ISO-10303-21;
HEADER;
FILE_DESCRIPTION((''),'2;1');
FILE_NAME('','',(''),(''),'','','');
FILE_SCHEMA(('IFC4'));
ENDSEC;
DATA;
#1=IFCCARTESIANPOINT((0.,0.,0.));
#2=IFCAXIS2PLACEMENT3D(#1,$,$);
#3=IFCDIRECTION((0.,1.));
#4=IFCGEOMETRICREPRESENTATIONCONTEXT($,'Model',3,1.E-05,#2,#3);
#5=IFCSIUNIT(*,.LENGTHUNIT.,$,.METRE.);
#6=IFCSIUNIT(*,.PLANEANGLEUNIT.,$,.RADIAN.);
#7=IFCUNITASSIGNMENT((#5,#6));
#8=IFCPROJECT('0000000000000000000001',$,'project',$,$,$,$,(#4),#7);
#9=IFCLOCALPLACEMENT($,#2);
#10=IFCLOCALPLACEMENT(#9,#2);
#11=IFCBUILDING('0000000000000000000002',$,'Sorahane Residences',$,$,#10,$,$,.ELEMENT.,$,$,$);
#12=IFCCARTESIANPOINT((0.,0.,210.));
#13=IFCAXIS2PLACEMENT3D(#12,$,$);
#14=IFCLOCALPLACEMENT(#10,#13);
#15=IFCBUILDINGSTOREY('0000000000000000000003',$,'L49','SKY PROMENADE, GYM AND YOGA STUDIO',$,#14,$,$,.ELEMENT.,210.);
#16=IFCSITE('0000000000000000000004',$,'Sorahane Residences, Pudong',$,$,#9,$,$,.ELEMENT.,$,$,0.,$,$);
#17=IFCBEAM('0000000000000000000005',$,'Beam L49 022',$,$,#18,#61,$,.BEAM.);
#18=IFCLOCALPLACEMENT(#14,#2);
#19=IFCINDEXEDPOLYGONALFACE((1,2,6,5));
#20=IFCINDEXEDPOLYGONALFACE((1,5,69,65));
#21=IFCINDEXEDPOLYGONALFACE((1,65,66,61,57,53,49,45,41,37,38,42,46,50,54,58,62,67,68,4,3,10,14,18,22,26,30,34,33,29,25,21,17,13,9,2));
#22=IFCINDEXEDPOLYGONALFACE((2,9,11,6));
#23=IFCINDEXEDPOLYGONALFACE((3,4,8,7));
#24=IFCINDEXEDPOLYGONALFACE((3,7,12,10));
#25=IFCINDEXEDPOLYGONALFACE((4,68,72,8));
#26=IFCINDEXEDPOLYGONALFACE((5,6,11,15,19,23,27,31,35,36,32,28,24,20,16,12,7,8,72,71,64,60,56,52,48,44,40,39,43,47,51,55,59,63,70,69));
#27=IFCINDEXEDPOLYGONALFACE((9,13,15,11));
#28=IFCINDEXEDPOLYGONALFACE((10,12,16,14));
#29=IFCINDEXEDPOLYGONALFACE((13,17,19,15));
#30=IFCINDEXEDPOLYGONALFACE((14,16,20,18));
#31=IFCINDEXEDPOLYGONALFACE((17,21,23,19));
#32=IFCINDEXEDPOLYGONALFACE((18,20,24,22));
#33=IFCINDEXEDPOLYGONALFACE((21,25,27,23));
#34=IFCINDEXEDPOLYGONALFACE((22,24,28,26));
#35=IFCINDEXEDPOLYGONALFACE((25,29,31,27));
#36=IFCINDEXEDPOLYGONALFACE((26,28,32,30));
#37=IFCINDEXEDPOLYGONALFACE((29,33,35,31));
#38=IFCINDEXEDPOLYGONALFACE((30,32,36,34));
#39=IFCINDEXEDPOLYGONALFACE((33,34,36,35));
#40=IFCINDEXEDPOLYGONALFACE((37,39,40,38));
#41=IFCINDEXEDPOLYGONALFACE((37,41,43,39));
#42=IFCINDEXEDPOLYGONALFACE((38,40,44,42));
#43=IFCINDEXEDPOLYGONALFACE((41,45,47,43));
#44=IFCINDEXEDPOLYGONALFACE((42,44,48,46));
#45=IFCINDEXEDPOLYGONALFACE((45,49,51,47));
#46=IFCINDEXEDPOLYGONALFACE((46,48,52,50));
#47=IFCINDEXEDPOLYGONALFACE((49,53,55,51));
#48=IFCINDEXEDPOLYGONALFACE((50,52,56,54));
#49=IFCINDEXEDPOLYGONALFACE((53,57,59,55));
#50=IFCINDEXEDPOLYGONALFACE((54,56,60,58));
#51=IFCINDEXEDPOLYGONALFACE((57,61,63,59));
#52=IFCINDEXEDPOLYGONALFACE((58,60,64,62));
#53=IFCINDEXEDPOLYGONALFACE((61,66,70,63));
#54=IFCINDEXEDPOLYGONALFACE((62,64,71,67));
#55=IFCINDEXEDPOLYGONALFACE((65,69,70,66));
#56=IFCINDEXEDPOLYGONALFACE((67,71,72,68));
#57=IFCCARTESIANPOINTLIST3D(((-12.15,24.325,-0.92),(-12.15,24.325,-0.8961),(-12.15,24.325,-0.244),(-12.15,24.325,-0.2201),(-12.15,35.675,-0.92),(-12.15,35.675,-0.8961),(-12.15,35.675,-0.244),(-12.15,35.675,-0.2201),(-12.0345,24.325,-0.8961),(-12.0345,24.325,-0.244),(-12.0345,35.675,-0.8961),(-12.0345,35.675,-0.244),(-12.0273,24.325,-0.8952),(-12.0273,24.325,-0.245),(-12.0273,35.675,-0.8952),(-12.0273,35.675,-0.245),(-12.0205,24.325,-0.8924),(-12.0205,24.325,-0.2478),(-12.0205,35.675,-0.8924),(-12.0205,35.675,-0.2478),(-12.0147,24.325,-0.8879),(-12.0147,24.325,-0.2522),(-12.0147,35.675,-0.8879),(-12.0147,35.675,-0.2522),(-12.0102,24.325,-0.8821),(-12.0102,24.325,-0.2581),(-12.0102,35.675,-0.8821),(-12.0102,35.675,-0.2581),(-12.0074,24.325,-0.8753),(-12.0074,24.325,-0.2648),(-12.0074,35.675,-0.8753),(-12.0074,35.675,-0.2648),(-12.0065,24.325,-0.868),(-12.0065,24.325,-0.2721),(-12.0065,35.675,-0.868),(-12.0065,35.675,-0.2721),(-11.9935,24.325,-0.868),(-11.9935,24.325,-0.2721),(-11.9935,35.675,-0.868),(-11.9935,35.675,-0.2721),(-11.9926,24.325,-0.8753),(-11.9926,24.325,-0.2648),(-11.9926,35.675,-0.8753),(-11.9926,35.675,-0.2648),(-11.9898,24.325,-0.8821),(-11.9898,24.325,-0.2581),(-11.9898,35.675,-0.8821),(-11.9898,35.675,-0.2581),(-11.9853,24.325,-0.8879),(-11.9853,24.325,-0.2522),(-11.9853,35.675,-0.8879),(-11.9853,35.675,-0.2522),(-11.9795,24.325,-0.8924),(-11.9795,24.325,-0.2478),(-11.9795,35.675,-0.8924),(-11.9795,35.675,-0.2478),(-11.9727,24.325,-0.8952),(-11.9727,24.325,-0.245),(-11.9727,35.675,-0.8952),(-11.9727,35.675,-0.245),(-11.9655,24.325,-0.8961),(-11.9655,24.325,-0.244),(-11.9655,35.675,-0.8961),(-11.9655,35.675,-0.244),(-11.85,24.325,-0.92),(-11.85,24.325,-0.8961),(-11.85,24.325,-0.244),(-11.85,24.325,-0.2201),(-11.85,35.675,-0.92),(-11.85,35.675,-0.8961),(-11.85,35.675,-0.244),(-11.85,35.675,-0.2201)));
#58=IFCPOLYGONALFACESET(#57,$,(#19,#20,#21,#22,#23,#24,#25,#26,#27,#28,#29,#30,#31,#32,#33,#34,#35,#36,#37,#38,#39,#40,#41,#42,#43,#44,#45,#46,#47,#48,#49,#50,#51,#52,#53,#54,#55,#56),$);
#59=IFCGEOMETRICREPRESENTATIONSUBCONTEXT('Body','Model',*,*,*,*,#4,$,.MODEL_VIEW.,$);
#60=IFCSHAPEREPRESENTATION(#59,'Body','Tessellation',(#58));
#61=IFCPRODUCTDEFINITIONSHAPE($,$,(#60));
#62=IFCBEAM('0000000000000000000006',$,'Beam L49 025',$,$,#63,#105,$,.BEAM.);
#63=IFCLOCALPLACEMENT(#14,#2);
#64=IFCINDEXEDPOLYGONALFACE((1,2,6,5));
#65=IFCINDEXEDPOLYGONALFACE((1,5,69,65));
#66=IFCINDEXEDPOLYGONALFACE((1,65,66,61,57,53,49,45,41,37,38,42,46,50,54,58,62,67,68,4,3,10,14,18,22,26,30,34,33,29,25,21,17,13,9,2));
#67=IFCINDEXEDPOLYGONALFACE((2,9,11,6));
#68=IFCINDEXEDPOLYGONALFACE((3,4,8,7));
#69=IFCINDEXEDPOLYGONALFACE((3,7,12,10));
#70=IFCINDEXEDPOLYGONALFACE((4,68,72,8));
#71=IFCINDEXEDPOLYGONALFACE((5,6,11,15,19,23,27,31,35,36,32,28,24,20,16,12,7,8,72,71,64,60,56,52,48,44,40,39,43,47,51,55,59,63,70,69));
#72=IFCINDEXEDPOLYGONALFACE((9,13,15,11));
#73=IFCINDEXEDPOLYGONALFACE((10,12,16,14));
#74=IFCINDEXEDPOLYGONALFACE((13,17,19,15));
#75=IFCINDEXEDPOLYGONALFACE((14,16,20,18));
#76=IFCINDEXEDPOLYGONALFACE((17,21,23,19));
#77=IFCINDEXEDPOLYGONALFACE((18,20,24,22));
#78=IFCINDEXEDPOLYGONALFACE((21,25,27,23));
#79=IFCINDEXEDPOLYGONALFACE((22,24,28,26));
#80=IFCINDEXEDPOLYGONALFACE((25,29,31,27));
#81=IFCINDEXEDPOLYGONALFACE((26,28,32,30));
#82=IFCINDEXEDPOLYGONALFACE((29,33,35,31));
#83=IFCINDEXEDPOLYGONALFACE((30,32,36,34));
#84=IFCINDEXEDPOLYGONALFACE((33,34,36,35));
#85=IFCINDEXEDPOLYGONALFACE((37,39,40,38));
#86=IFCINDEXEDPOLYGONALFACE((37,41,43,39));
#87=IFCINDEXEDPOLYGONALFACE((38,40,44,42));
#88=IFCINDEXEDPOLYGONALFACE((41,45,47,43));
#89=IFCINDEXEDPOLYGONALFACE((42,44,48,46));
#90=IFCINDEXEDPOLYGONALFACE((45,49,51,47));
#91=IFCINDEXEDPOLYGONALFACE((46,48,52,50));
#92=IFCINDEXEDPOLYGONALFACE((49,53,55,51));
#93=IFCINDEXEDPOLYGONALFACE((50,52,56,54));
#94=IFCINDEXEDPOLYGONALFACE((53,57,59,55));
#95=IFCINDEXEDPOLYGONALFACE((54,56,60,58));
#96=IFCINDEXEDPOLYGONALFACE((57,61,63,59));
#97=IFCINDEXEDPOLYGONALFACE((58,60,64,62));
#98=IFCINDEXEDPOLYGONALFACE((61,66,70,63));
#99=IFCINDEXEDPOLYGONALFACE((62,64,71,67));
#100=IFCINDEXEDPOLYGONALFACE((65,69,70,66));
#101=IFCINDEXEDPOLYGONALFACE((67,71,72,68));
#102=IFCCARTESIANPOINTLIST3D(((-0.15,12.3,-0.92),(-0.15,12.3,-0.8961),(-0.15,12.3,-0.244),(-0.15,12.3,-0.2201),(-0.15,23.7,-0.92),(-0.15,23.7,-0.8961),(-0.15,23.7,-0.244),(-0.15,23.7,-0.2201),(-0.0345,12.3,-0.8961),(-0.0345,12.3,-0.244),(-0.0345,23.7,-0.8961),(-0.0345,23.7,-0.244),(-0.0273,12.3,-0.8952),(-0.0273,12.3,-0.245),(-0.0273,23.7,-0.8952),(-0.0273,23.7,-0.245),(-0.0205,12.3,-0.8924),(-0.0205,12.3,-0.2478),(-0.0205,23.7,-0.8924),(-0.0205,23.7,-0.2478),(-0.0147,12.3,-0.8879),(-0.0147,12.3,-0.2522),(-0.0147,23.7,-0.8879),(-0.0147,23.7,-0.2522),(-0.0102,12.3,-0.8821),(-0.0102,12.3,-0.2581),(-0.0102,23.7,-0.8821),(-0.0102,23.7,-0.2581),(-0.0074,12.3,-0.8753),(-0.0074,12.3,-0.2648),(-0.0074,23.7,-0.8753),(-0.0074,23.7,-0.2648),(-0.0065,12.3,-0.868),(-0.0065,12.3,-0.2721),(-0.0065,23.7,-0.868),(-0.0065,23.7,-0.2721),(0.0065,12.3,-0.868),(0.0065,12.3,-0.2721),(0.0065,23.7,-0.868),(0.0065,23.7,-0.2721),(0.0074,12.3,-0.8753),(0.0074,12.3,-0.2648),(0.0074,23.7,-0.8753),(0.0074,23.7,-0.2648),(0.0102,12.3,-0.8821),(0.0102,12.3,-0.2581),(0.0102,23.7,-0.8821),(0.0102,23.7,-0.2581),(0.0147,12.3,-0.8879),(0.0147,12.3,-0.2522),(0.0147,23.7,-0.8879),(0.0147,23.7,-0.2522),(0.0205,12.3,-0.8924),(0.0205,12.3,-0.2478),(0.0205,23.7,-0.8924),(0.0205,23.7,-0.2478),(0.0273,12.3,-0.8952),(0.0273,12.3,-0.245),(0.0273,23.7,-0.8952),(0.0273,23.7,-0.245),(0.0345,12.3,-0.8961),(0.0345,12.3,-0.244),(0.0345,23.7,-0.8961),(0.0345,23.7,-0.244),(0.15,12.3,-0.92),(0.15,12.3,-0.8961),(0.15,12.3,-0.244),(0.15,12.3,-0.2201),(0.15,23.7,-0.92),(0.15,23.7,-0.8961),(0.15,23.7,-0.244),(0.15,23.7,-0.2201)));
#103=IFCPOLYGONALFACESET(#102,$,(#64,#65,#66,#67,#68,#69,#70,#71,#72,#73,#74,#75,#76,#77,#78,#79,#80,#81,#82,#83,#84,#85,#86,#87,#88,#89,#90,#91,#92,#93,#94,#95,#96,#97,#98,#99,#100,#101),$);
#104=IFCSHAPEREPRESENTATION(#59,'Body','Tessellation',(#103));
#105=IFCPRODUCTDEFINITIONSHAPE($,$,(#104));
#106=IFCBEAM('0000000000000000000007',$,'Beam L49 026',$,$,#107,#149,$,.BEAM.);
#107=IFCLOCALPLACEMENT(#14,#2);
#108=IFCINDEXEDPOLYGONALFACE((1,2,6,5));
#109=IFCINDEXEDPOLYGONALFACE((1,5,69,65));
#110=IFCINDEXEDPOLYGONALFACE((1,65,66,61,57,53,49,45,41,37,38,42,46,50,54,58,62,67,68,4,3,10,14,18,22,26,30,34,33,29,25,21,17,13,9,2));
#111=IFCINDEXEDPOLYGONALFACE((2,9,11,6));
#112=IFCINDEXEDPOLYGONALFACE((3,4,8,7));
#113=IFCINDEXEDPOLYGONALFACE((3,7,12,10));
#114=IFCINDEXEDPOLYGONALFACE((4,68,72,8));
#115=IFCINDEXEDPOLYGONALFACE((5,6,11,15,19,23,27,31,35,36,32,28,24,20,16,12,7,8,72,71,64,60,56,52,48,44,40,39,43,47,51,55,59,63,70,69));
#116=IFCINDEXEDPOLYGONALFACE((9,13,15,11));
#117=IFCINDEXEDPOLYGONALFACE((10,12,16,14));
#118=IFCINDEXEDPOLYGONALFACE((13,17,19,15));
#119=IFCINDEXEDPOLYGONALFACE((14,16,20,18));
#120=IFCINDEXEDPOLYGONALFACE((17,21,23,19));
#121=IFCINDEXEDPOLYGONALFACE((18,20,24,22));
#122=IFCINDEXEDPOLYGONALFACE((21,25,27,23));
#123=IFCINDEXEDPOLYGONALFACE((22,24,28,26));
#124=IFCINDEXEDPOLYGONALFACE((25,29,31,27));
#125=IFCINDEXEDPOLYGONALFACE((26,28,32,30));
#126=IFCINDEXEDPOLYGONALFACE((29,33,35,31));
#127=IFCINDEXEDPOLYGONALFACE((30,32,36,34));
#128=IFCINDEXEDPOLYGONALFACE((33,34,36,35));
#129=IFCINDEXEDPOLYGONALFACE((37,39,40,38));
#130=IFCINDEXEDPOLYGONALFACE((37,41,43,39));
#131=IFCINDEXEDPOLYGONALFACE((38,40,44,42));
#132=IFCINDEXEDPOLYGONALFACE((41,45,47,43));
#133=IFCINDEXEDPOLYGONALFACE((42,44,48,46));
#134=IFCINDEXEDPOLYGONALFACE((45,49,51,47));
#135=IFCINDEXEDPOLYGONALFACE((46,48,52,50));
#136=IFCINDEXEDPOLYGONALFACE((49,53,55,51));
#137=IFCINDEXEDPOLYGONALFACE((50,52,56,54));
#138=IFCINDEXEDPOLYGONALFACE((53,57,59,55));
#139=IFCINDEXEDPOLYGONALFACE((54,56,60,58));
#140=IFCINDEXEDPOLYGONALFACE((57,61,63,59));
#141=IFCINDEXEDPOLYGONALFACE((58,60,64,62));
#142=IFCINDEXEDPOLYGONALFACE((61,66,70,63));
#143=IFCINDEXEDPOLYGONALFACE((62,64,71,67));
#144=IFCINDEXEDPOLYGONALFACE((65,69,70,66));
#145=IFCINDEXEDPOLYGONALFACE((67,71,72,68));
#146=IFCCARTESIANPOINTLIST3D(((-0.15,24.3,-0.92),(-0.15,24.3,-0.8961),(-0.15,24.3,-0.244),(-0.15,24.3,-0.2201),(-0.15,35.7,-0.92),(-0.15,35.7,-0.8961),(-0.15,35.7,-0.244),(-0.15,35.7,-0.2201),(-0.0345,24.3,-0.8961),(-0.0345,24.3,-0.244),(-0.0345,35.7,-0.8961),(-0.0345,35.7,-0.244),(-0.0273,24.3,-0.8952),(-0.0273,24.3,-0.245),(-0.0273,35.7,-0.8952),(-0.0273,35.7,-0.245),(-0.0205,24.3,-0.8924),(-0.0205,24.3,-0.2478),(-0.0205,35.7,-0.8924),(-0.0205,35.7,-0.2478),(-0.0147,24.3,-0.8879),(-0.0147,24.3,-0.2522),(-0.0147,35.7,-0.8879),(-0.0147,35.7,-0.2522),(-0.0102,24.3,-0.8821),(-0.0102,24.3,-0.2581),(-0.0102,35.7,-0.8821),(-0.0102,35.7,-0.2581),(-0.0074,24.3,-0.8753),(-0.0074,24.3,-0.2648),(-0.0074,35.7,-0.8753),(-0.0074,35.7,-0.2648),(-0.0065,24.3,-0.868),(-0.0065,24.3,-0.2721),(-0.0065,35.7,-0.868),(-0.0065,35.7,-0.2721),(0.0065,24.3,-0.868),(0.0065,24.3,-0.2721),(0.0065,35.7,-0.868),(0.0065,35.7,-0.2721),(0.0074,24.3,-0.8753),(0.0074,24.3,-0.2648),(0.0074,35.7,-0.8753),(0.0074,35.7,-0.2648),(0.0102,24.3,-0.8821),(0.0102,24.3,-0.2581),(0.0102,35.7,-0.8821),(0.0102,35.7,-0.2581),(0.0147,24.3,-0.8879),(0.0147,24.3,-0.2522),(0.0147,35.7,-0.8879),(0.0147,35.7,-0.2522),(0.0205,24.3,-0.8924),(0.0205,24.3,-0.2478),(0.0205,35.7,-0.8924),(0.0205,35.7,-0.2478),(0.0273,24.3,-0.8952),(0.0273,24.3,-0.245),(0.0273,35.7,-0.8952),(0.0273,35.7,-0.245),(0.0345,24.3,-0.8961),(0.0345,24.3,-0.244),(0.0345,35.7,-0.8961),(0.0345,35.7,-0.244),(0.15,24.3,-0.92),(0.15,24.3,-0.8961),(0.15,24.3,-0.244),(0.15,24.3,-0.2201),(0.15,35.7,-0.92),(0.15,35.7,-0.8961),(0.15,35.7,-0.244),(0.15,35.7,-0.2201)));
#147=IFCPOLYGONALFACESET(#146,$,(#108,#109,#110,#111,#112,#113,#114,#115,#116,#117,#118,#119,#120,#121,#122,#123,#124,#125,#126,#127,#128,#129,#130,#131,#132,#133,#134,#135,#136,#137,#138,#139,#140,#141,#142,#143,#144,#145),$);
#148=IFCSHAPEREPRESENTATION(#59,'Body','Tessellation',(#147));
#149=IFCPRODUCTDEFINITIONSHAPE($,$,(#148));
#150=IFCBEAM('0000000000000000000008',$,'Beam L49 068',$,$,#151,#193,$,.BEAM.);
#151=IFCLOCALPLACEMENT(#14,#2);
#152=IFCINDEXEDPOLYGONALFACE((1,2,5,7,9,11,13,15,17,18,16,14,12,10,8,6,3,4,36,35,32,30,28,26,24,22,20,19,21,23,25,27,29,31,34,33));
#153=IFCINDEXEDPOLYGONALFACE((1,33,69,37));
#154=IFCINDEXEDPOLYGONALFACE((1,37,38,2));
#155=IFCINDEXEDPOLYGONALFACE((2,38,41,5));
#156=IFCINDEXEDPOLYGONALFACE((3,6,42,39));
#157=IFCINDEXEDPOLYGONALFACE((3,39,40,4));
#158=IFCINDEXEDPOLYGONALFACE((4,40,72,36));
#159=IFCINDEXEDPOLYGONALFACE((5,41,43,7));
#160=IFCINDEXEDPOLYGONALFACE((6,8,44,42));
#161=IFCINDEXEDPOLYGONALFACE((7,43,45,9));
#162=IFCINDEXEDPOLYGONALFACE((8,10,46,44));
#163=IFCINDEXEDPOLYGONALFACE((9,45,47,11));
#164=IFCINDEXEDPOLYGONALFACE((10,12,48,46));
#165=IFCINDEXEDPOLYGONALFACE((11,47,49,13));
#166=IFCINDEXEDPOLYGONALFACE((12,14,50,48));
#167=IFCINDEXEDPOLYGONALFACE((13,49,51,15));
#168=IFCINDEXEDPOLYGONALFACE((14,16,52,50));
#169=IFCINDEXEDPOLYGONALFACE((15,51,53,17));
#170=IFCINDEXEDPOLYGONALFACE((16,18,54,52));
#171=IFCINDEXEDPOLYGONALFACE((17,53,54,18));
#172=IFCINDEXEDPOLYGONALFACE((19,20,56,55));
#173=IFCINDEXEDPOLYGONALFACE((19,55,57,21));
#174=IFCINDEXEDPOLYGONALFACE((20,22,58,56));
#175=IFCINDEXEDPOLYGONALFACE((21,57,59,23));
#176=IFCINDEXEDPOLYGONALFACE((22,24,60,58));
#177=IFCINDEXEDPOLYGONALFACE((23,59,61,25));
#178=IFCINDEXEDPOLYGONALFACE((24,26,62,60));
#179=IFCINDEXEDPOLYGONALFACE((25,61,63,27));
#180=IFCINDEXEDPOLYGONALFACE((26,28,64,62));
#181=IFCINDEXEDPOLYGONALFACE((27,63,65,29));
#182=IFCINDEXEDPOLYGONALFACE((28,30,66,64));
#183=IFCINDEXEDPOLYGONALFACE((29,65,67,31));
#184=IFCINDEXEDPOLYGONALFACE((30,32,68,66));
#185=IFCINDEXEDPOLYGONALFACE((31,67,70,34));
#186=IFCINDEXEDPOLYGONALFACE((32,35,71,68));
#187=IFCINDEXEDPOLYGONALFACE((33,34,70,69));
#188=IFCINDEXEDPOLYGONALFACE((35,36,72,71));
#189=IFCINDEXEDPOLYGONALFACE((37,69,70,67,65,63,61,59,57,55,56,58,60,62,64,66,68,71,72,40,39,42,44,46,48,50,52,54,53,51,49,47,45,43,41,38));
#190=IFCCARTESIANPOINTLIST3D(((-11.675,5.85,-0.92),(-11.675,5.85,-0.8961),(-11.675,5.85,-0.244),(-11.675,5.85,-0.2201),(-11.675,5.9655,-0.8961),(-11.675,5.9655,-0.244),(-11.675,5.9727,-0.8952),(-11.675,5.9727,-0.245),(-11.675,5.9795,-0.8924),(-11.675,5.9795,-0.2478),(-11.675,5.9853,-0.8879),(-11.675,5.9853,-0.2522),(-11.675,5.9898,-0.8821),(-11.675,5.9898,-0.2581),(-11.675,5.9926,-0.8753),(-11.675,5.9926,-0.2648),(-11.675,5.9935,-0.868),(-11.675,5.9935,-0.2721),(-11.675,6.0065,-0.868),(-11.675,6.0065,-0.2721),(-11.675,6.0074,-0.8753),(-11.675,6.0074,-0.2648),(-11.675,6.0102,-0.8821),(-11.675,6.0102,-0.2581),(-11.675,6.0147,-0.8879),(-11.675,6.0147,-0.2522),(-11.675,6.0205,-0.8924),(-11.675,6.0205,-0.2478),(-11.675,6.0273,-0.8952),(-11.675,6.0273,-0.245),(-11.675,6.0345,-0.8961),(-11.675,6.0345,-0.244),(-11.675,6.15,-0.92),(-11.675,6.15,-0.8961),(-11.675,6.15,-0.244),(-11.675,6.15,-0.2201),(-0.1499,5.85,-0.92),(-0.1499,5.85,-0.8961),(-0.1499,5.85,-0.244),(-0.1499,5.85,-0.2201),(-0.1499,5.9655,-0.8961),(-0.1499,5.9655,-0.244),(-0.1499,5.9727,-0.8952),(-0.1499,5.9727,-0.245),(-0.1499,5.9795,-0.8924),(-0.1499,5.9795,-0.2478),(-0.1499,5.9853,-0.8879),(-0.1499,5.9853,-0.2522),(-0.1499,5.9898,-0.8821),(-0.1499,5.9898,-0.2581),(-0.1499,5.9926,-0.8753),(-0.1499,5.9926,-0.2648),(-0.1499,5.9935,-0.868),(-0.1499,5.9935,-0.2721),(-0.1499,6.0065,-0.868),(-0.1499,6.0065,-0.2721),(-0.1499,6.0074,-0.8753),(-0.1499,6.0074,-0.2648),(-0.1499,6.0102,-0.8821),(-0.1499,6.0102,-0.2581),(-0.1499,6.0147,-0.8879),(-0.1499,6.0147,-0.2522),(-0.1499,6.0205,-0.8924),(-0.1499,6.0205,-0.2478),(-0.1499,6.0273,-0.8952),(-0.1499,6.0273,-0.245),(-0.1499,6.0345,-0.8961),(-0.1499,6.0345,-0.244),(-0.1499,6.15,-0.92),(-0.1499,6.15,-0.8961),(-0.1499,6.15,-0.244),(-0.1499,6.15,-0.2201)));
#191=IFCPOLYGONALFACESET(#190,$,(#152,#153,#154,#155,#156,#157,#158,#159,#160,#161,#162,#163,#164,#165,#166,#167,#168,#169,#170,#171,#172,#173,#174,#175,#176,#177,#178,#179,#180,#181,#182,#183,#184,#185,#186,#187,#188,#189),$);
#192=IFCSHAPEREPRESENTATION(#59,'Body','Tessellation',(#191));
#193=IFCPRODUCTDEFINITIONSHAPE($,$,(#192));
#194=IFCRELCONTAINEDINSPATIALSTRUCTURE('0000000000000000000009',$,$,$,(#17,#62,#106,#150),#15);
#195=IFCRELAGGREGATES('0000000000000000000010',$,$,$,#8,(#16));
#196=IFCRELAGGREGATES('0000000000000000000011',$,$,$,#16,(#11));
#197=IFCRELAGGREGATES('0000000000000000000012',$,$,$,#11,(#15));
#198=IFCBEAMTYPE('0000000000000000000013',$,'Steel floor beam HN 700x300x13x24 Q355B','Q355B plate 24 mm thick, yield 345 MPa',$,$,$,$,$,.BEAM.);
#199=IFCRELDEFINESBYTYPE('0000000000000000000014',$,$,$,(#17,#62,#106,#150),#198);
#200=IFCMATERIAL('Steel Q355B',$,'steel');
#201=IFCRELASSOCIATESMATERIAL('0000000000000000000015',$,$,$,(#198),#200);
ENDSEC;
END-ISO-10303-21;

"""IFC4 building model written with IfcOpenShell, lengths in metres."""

from ifc_helpers import new_model, si_unit, direction, frame, origin, origin_2d, place, context, subcontext, project, spatial, i_section, extrude, material, material_profile, profile_set, type_object, element, save


model = new_model("IFC4")

# Units and contexts
model_context = context("Model", 3, precision=1e-05, world=origin(), true_north=direction((0.0, 1.0)))
body_context = subcontext(model_context, "Body", "Model", "MODEL_VIEW")
ifc_project = project(units=[si_unit("LENGTHUNIT", "METRE"), si_unit("PLANEANGLEUNIT", "RADIAN")], contexts=[model_context])

# Site, building, storey
site_placement = place(None, origin())
site = spatial("IfcSite", under=ifc_project, at=site_placement, Name="Sorahane Residences, Pudong", CompositionType="ELEMENT", RefElevation=0.0)
building_placement = place(site_placement, origin())
building = spatial("IfcBuilding", under=site, at=building_placement, Name="Sorahane Residences", CompositionType="ELEMENT")
storey_placement = place(building_placement, frame((0.0, 0.0, 210.0)))
storey = spatial("IfcBuildingStorey", under=building, at=storey_placement, Name="L49", Description="SKY PROMENADE, GYM AND YOGA STUDIO", CompositionType="ELEMENT", Elevation=210.0)

# Beams
ifc_material_1 = material(Name="Steel Q355B", Category="steel")
ifc_material_profile_1 = material_profile(ifc_material_1, i_section(OverallWidth=0.3, OverallDepth=0.7, WebThickness=0.0129, FlangeThickness=0.0239, FilletRadius=0.0281, at=origin_2d()), Name="HN 700x300x13x24")
ifc_profile_set_1 = profile_set([ifc_material_profile_1], Name="Steel Q355B")
beam_type_1 = type_object("IfcBeamType", Name="Steel floor beam HN 700x300x13x24 Q355B", Description="Q355B plate 24 mm thick, yield 345 MPa", PredefinedType="BEAM", material=ifc_profile_set_1)
for number, where, z_axis, x_axis, name in (
    (1, (-12.0, 24.325, -0.5701), (0.0, 1.0, 0.0), (-1.0, 0.0, 0.0), "Beam L49 022"),
):
    element("IfcBeam", number, at=place(storey_placement, frame(where, z_axis=z_axis, x_axis=x_axis)), inside=storey, type_object=beam_type_1, Name=name, PredefinedType="BEAM", context=body_context, shape_type="SweptSolid", body=[
        extrude(i_section(OverallWidth=0.3, OverallDepth=0.7, WebThickness=0.0129, FlangeThickness=0.0239, FilletRadius=0.0281, at=origin_2d()), origin(), (0.0, 0.0, 1.0), 11.3501),
    ])
for number, where, z_axis, x_axis, name in (
    (2, (0.0, 12.3, -0.5701), (0.0, 1.0, 0.0), (-1.0, 0.0, 0.0), "Beam L49 025"),
    (3, (0.0, 24.3, -0.5701), (0.0, 1.0, 0.0), (-1.0, 0.0, 0.0), "Beam L49 026"),
):
    element("IfcBeam", number, at=place(storey_placement, frame(where, z_axis=z_axis, x_axis=x_axis)), inside=storey, type_object=beam_type_1, Name=name, PredefinedType="BEAM", context=body_context, shape_type="SweptSolid", body=[
        extrude(i_section(OverallWidth=0.3, OverallDepth=0.7, WebThickness=0.0129, FlangeThickness=0.0239, FilletRadius=0.0281, at=origin_2d()), origin(), (0.0, 0.0, 1.0), 11.3999),
    ])
beam_1_placement = place(storey_placement, frame((-11.675, 6.0, -0.5701), z_axis=(1.0, 0.0, 0.0), x_axis=(0.0, 1.0, 0.0)))
element("IfcBeam", 4, at=beam_1_placement, inside=storey, type_object=beam_type_1, Name="Beam L49 068", PredefinedType="BEAM", context=body_context, shape_type="SweptSolid", body=[
    extrude(i_section(OverallWidth=0.3, OverallDepth=0.7, WebThickness=0.0129, FlangeThickness=0.0239, FilletRadius=0.0281, at=origin_2d()), origin(), (0.0, 0.0, 1.0), 11.5251),
])

save(model, "model.ifc")
